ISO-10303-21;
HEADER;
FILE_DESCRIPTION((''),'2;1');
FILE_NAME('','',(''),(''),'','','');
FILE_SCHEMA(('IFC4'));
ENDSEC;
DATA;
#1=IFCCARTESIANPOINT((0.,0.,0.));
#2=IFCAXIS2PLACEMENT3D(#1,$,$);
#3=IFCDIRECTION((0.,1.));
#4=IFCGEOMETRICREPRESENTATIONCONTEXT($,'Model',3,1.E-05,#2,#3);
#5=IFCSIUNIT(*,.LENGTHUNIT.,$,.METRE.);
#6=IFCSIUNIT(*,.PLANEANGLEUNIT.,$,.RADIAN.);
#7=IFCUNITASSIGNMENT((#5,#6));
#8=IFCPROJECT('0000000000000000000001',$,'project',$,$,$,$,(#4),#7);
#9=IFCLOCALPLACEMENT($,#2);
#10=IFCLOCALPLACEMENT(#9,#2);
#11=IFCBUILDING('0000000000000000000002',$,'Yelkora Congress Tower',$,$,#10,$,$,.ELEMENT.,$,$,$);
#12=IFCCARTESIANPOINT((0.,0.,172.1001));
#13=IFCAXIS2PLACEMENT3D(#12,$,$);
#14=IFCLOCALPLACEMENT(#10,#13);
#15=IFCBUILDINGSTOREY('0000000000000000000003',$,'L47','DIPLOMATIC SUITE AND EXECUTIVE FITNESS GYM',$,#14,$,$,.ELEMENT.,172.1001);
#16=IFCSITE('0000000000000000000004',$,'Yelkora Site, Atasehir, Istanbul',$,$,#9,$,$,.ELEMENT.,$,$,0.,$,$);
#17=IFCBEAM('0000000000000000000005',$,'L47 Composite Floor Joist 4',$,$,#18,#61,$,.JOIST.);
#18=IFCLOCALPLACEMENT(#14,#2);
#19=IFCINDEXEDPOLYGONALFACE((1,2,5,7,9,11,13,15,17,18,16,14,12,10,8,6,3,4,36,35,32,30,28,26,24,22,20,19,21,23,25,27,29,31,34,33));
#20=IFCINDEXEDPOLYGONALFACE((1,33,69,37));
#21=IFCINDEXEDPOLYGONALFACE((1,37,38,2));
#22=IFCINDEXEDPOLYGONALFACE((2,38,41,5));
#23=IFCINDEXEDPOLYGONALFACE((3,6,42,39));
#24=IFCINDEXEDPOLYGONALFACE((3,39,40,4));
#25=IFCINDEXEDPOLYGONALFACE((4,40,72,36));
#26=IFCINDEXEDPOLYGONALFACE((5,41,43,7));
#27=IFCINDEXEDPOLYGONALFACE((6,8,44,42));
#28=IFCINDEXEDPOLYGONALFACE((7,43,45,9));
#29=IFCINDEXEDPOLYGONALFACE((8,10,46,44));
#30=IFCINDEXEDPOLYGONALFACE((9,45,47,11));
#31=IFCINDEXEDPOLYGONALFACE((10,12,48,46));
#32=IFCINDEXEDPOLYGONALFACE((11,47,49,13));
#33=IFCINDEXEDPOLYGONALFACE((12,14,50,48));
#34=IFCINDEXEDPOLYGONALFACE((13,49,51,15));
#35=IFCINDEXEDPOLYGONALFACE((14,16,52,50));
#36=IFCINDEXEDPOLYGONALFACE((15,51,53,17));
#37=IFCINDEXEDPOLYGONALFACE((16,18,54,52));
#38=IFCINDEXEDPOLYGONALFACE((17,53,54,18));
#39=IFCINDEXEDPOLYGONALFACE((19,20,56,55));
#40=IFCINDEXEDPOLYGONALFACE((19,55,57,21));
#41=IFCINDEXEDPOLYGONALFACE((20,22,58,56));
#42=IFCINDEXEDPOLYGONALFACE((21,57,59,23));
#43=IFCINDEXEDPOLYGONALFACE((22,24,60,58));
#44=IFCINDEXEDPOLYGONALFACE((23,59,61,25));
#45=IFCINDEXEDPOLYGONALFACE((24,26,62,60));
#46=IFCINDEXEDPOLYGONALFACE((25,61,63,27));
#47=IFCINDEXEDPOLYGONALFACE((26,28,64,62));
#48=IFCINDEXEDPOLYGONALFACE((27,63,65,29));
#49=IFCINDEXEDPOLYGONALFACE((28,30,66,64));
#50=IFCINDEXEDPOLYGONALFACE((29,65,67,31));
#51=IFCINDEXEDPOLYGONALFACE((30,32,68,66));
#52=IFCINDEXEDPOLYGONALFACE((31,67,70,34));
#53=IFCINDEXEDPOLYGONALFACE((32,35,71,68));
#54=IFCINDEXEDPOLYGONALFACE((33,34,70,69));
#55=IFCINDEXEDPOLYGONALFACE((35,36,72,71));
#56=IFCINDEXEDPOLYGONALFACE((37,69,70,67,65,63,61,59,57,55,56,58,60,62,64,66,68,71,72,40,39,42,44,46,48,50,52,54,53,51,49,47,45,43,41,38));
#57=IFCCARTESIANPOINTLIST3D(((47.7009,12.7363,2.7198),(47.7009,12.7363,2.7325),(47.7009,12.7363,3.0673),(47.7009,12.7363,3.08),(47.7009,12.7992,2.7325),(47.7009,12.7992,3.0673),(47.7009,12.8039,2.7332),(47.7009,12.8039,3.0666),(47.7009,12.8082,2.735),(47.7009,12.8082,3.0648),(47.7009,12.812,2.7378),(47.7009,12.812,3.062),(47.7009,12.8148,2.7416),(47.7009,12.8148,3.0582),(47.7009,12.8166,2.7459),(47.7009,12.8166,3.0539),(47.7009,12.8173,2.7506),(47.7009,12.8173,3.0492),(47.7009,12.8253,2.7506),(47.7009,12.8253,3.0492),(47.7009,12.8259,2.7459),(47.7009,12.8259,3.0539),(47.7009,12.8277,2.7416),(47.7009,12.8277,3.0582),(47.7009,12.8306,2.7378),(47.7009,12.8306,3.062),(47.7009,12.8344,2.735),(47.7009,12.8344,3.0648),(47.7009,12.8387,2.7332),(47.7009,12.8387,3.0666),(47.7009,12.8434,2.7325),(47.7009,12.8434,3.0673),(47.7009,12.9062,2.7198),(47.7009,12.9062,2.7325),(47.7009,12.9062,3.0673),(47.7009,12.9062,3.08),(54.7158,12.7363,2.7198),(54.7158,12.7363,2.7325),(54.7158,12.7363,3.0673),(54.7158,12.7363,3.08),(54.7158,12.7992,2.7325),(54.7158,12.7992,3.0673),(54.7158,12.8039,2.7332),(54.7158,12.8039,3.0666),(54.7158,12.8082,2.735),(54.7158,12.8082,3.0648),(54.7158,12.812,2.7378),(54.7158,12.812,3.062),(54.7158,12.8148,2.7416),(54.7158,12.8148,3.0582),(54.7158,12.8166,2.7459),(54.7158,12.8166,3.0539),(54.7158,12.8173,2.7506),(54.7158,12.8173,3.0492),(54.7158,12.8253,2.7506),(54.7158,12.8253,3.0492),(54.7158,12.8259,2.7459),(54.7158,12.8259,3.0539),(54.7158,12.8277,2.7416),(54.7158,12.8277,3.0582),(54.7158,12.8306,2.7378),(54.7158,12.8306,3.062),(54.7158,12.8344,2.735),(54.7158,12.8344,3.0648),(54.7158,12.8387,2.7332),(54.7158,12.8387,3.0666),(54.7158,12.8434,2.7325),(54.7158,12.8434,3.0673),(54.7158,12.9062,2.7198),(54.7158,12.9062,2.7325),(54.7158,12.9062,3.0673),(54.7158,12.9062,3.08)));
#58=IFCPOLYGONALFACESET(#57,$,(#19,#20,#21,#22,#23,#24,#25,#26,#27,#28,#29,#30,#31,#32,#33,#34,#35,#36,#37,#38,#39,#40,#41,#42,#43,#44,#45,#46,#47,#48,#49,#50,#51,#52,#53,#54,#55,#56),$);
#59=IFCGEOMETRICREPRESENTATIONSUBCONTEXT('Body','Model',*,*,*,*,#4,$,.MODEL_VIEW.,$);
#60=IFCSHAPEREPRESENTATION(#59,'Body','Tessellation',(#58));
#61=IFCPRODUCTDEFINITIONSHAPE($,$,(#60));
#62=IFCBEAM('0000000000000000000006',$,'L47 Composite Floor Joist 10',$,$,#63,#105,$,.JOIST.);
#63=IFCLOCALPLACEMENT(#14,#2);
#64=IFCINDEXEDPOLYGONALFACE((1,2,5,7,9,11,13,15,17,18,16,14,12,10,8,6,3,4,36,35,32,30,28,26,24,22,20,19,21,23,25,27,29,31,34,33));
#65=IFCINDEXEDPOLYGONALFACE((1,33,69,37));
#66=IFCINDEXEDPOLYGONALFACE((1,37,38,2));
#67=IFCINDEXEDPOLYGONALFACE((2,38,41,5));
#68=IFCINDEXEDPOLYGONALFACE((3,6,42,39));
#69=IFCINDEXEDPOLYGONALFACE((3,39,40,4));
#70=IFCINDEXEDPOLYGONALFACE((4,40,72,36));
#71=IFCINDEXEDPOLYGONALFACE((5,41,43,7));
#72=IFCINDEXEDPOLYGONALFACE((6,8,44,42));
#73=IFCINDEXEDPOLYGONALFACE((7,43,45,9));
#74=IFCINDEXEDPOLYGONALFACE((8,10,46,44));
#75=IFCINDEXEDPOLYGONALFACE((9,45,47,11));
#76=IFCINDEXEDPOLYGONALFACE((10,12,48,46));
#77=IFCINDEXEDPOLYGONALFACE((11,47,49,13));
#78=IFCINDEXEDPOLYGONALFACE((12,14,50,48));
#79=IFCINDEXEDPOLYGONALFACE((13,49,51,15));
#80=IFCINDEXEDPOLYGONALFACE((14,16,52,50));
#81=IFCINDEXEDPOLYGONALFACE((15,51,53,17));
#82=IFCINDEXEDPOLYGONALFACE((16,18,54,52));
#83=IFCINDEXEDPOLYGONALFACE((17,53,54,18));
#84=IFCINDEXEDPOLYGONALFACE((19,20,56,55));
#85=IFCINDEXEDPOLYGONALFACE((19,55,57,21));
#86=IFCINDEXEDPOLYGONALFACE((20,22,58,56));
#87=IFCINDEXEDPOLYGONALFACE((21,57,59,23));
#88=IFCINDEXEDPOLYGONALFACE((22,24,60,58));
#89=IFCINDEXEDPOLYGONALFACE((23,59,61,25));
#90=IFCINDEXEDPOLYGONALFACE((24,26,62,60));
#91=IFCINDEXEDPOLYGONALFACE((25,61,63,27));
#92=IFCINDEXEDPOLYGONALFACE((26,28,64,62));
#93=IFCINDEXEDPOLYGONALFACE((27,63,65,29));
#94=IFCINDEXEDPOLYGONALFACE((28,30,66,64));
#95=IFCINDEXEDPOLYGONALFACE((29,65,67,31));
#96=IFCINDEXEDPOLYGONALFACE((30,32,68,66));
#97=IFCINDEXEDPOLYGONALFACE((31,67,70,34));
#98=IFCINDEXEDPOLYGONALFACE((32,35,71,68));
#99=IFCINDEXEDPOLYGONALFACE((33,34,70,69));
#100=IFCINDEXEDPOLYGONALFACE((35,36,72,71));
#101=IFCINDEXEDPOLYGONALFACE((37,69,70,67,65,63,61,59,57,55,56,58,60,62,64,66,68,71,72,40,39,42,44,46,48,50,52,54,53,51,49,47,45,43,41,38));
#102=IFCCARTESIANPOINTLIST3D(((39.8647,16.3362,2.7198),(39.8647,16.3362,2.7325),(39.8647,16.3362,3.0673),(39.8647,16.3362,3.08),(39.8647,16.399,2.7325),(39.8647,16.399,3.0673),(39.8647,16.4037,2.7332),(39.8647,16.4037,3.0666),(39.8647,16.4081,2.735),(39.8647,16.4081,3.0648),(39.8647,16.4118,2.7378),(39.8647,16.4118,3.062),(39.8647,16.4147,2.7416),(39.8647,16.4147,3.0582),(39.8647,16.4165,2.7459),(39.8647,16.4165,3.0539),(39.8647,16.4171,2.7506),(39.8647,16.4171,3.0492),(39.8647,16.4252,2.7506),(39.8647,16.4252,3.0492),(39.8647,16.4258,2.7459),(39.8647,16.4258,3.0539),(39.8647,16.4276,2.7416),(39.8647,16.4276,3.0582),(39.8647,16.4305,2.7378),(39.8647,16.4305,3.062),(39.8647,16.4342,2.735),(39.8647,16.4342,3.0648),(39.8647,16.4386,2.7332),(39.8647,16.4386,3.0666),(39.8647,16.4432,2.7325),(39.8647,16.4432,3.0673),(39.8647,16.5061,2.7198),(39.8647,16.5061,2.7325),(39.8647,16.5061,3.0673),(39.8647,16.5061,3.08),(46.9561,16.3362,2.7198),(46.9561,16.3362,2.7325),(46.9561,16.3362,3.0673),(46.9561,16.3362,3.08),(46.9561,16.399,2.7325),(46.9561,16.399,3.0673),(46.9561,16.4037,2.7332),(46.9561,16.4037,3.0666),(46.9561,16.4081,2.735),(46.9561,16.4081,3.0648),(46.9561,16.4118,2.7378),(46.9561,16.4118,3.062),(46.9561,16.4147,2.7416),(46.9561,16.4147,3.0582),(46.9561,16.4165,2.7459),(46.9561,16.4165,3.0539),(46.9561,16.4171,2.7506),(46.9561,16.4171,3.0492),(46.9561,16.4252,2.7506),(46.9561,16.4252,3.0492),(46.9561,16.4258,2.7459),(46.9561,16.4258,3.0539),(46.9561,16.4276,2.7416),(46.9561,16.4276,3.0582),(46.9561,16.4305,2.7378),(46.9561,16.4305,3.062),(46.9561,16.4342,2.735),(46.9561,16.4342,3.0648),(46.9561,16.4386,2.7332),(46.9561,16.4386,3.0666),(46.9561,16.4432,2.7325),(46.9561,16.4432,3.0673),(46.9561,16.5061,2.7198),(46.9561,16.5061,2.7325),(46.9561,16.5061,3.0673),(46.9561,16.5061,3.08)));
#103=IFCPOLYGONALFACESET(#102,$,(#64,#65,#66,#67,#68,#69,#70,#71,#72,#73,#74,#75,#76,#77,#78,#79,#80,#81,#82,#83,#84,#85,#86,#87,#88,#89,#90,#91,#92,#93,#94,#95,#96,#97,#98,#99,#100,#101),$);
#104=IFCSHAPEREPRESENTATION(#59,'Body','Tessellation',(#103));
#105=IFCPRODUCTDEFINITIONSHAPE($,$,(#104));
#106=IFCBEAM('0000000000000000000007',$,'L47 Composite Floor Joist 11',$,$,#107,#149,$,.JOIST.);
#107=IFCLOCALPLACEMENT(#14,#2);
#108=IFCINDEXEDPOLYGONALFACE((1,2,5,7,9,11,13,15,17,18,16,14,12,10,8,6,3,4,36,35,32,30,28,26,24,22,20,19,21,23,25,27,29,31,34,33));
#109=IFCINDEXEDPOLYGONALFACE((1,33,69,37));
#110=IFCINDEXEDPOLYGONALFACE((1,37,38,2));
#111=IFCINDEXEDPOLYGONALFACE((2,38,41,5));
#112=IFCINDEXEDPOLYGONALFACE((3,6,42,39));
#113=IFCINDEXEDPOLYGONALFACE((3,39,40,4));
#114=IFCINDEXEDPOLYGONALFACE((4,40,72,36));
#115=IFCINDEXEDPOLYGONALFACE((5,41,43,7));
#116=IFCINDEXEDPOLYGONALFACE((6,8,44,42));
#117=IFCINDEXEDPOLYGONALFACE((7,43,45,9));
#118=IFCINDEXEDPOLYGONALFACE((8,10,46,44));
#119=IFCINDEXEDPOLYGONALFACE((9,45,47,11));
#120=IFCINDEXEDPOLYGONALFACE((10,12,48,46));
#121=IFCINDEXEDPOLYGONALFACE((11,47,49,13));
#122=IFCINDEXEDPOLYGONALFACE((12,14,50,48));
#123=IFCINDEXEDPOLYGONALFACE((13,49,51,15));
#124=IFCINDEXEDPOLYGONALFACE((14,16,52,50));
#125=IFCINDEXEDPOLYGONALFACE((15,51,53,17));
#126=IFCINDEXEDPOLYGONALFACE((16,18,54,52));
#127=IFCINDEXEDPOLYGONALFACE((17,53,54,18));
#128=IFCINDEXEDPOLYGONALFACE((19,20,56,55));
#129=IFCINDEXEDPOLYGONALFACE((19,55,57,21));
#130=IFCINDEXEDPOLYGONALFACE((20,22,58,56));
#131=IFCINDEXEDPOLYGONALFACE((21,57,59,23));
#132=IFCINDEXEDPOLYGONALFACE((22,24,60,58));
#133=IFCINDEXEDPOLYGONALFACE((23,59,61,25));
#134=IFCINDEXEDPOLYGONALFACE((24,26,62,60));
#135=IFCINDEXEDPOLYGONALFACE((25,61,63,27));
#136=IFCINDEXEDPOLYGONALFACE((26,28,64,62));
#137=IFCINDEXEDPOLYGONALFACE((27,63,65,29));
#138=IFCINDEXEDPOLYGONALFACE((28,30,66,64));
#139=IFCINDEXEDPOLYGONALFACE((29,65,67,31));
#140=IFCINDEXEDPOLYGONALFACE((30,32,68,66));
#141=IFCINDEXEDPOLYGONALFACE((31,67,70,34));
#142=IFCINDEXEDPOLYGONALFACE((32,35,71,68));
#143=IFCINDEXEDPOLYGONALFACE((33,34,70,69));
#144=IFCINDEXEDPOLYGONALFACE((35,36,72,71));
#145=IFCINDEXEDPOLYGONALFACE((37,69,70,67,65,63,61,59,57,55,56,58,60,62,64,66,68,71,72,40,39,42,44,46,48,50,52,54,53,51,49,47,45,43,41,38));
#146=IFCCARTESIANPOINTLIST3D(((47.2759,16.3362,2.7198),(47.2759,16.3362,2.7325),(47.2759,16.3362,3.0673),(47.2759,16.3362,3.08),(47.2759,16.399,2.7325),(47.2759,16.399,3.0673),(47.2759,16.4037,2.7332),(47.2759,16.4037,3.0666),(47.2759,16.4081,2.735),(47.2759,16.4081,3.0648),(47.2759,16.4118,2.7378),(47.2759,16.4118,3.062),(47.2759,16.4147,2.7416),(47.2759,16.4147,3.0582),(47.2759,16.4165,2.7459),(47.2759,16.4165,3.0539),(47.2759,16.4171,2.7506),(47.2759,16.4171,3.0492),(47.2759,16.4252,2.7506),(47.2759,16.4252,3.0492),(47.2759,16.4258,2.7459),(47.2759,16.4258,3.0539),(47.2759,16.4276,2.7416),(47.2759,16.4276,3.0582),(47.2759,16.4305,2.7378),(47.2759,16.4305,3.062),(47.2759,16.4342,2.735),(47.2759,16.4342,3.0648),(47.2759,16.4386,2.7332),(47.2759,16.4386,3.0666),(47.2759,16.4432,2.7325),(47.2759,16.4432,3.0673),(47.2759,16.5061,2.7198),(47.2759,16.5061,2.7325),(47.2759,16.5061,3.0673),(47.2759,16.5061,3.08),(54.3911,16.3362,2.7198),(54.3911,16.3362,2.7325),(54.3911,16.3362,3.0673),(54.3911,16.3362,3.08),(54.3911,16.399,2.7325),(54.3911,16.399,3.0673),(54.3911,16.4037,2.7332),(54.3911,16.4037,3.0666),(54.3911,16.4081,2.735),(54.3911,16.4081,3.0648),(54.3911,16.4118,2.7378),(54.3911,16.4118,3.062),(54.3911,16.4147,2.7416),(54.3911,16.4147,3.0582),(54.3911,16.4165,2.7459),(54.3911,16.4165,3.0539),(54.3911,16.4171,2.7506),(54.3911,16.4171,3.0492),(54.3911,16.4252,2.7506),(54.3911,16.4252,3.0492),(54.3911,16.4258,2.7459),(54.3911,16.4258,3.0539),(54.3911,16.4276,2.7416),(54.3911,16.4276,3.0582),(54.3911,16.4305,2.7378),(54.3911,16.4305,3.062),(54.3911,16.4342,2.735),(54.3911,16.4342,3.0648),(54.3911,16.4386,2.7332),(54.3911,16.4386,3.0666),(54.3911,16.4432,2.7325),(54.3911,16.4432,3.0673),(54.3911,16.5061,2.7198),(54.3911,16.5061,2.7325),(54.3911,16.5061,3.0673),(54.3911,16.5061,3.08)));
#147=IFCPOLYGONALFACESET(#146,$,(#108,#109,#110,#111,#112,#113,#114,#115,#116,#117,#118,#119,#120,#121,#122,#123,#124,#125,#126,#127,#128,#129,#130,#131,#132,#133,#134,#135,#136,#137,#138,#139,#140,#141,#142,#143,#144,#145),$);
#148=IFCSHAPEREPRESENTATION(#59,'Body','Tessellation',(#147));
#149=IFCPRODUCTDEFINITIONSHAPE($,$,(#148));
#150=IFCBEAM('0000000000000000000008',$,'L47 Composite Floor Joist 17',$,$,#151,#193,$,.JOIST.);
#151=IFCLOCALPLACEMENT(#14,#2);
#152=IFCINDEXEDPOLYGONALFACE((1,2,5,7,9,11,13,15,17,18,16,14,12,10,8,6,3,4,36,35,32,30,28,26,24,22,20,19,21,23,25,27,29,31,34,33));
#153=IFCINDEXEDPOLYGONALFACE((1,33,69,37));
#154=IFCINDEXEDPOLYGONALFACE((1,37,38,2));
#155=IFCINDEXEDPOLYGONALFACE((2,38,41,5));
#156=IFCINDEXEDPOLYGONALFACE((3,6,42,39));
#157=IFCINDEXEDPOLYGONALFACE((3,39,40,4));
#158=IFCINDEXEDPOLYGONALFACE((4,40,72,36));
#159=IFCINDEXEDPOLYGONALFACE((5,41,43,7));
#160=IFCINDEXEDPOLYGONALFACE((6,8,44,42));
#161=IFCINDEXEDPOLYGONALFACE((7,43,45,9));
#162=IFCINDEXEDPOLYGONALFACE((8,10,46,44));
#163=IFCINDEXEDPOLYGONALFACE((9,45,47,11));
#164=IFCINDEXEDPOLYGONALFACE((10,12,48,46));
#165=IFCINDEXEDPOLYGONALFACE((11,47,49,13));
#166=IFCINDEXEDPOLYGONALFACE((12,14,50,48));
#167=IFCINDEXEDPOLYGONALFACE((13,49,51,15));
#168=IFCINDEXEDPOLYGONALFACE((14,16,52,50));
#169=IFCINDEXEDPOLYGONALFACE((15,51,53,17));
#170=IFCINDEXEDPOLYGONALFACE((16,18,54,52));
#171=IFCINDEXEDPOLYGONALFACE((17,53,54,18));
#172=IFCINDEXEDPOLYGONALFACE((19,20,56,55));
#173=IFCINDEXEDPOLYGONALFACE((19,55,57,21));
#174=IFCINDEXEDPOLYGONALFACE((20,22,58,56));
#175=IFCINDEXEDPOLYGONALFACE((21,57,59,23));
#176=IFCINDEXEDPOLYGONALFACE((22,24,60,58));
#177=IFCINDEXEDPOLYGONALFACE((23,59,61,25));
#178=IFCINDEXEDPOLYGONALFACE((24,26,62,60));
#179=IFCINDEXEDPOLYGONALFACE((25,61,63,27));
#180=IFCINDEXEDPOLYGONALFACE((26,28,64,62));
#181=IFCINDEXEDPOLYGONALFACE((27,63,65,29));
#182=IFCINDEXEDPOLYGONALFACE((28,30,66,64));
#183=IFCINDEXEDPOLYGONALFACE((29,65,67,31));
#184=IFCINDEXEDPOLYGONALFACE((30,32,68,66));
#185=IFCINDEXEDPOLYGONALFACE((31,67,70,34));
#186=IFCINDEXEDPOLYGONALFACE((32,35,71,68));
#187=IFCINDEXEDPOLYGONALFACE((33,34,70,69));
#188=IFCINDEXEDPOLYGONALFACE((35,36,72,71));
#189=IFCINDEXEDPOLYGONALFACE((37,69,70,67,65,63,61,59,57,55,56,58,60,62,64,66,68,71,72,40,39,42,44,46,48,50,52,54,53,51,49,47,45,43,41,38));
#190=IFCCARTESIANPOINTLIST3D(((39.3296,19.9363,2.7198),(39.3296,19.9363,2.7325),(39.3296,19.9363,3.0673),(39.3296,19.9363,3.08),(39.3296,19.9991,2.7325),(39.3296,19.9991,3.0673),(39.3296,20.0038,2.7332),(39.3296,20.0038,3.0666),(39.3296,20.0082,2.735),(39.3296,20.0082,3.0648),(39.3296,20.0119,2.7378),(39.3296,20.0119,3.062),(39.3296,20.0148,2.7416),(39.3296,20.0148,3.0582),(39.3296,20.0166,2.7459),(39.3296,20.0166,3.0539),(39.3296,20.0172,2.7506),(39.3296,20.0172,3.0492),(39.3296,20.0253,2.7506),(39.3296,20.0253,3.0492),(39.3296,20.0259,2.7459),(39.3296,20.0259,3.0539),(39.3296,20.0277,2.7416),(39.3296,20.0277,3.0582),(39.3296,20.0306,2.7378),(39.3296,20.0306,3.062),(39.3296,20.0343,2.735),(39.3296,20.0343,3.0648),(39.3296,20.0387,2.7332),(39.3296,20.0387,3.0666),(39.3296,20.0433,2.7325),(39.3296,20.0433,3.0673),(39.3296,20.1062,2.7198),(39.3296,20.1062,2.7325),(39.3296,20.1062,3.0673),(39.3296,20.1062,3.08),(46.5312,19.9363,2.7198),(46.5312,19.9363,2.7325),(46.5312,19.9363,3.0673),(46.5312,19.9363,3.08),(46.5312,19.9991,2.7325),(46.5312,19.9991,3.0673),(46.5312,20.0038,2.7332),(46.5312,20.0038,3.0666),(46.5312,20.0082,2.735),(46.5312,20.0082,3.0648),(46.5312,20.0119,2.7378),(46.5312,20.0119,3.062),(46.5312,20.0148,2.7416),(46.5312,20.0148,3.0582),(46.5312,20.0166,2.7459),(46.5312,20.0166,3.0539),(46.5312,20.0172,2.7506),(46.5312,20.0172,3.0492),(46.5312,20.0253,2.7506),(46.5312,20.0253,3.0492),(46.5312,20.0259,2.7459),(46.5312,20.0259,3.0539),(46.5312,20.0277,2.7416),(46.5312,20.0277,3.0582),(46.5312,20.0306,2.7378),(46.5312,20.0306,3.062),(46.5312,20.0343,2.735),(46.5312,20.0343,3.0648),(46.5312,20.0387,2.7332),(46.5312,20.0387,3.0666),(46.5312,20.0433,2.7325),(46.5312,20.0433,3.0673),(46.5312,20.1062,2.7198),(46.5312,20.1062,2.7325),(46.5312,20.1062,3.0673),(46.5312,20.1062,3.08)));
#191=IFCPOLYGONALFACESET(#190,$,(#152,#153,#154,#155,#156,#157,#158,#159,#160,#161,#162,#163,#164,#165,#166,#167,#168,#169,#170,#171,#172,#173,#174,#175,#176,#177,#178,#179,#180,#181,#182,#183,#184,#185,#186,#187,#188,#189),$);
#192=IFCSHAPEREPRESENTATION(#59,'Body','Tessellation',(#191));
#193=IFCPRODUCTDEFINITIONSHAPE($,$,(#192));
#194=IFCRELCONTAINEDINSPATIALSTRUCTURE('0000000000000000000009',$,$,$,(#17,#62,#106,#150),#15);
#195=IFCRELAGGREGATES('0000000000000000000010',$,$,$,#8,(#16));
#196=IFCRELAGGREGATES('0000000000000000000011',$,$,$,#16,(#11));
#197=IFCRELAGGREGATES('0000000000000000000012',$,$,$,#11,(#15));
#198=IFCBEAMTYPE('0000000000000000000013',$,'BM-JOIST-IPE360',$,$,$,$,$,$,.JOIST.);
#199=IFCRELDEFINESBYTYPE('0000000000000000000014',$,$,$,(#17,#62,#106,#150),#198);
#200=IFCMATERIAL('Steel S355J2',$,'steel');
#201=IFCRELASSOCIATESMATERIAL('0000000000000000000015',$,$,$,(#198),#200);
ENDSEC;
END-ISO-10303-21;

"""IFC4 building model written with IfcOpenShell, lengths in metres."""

from ifc_helpers import new_model, si_unit, direction, frame, origin, origin_2d, place, context, subcontext, project, spatial, i_section, extrude, material, material_profile, profile_set, type_object, element, save


model = new_model("IFC4")

# Units and contexts
model_context = context("Model", 3, precision=1e-05, world=origin(), true_north=direction((0.0, 1.0)))
body_context = subcontext(model_context, "Body", "Model", "MODEL_VIEW")
ifc_project = project(units=[si_unit("LENGTHUNIT", "METRE"), si_unit("PLANEANGLEUNIT", "RADIAN")], contexts=[model_context])

# Site, building, storey
site_placement = place(None, origin())
site = spatial("IfcSite", under=ifc_project, at=site_placement, Name="Yelkora Site, Atasehir, Istanbul", CompositionType="ELEMENT", RefElevation=0.0)
building_placement = place(site_placement, origin())
building = spatial("IfcBuilding", under=site, at=building_placement, Name="Yelkora Congress Tower", CompositionType="ELEMENT")
storey_placement = place(building_placement, frame((0.0, 0.0, 172.1001)))
storey = spatial("IfcBuildingStorey", under=building, at=storey_placement, Name="L47", Description="DIPLOMATIC SUITE AND EXECUTIVE FITNESS GYM", CompositionType="ELEMENT", Elevation=172.1001)

# Beams
ifc_material_1 = material(Name="Steel S355J2", Category="steel")
ifc_material_profile_1 = material_profile(ifc_material_1, i_section(OverallWidth=0.1699, OverallDepth=0.3601, WebThickness=0.0081, FlangeThickness=0.0127, FilletRadius=0.0181, at=origin_2d()), Name="IPE 360")
ifc_profile_set_1 = profile_set([ifc_material_profile_1], Name="Steel S355J2")
beam_type_1 = type_object("IfcBeamType", Name="BM-JOIST-IPE360", PredefinedType="JOIST", material=ifc_profile_set_1)
beam_1_placement = place(storey_placement, frame((47.7009, 12.8213, 2.8999), z_axis=(1.0, 0.0, 0.0), x_axis=(0.0, 1.0, 0.0)))
element("IfcBeam", 1, at=beam_1_placement, inside=storey, type_object=beam_type_1, Name="L47 Composite Floor Joist 4", PredefinedType="JOIST", context=body_context, shape_type="SweptSolid", body=[
    extrude(i_section(OverallWidth=0.1699, OverallDepth=0.3601, WebThickness=0.0081, FlangeThickness=0.0127, FilletRadius=0.0181, at=origin_2d()), origin(), (0.0, 0.0, 1.0), 7.0149),
])
beam_2_placement = place(storey_placement, frame((39.8647, 16.4211, 2.8999), z_axis=(1.0, 0.0, 0.0), x_axis=(0.0, 1.0, 0.0)))
element("IfcBeam", 2, at=beam_2_placement, inside=storey, type_object=beam_type_1, Name="L47 Composite Floor Joist 10", PredefinedType="JOIST", context=body_context, shape_type="SweptSolid", body=[
    extrude(i_section(OverallWidth=0.1699, OverallDepth=0.3601, WebThickness=0.0081, FlangeThickness=0.0127, FilletRadius=0.0181, at=origin_2d()), origin(), (0.0, 0.0, 1.0), 7.0913),
])
beam_3_placement = place(storey_placement, frame((47.2759, 16.4211, 2.8999), z_axis=(1.0, 0.0, 0.0), x_axis=(0.0, 1.0, 0.0)))
element("IfcBeam", 3, at=beam_3_placement, inside=storey, type_object=beam_type_1, Name="L47 Composite Floor Joist 11", PredefinedType="JOIST", context=body_context, shape_type="SweptSolid", body=[
    extrude(i_section(OverallWidth=0.1699, OverallDepth=0.3601, WebThickness=0.0081, FlangeThickness=0.0127, FilletRadius=0.0181, at=origin_2d()), origin(), (0.0, 0.0, 1.0), 7.1152),
])
beam_4_placement = place(storey_placement, frame((39.3296, 20.0212, 2.8999), z_axis=(1.0, 0.0, 0.0), x_axis=(0.0, 1.0, 0.0)))
element("IfcBeam", 4, at=beam_4_placement, inside=storey, type_object=beam_type_1, Name="L47 Composite Floor Joist 17", PredefinedType="JOIST", context=body_context, shape_type="SweptSolid", body=[
    extrude(i_section(OverallWidth=0.1699, OverallDepth=0.3601, WebThickness=0.0081, FlangeThickness=0.0127, FilletRadius=0.0181, at=origin_2d()), origin(), (0.0, 0.0, 1.0), 7.2017),
])

save(model, "model.ifc")
